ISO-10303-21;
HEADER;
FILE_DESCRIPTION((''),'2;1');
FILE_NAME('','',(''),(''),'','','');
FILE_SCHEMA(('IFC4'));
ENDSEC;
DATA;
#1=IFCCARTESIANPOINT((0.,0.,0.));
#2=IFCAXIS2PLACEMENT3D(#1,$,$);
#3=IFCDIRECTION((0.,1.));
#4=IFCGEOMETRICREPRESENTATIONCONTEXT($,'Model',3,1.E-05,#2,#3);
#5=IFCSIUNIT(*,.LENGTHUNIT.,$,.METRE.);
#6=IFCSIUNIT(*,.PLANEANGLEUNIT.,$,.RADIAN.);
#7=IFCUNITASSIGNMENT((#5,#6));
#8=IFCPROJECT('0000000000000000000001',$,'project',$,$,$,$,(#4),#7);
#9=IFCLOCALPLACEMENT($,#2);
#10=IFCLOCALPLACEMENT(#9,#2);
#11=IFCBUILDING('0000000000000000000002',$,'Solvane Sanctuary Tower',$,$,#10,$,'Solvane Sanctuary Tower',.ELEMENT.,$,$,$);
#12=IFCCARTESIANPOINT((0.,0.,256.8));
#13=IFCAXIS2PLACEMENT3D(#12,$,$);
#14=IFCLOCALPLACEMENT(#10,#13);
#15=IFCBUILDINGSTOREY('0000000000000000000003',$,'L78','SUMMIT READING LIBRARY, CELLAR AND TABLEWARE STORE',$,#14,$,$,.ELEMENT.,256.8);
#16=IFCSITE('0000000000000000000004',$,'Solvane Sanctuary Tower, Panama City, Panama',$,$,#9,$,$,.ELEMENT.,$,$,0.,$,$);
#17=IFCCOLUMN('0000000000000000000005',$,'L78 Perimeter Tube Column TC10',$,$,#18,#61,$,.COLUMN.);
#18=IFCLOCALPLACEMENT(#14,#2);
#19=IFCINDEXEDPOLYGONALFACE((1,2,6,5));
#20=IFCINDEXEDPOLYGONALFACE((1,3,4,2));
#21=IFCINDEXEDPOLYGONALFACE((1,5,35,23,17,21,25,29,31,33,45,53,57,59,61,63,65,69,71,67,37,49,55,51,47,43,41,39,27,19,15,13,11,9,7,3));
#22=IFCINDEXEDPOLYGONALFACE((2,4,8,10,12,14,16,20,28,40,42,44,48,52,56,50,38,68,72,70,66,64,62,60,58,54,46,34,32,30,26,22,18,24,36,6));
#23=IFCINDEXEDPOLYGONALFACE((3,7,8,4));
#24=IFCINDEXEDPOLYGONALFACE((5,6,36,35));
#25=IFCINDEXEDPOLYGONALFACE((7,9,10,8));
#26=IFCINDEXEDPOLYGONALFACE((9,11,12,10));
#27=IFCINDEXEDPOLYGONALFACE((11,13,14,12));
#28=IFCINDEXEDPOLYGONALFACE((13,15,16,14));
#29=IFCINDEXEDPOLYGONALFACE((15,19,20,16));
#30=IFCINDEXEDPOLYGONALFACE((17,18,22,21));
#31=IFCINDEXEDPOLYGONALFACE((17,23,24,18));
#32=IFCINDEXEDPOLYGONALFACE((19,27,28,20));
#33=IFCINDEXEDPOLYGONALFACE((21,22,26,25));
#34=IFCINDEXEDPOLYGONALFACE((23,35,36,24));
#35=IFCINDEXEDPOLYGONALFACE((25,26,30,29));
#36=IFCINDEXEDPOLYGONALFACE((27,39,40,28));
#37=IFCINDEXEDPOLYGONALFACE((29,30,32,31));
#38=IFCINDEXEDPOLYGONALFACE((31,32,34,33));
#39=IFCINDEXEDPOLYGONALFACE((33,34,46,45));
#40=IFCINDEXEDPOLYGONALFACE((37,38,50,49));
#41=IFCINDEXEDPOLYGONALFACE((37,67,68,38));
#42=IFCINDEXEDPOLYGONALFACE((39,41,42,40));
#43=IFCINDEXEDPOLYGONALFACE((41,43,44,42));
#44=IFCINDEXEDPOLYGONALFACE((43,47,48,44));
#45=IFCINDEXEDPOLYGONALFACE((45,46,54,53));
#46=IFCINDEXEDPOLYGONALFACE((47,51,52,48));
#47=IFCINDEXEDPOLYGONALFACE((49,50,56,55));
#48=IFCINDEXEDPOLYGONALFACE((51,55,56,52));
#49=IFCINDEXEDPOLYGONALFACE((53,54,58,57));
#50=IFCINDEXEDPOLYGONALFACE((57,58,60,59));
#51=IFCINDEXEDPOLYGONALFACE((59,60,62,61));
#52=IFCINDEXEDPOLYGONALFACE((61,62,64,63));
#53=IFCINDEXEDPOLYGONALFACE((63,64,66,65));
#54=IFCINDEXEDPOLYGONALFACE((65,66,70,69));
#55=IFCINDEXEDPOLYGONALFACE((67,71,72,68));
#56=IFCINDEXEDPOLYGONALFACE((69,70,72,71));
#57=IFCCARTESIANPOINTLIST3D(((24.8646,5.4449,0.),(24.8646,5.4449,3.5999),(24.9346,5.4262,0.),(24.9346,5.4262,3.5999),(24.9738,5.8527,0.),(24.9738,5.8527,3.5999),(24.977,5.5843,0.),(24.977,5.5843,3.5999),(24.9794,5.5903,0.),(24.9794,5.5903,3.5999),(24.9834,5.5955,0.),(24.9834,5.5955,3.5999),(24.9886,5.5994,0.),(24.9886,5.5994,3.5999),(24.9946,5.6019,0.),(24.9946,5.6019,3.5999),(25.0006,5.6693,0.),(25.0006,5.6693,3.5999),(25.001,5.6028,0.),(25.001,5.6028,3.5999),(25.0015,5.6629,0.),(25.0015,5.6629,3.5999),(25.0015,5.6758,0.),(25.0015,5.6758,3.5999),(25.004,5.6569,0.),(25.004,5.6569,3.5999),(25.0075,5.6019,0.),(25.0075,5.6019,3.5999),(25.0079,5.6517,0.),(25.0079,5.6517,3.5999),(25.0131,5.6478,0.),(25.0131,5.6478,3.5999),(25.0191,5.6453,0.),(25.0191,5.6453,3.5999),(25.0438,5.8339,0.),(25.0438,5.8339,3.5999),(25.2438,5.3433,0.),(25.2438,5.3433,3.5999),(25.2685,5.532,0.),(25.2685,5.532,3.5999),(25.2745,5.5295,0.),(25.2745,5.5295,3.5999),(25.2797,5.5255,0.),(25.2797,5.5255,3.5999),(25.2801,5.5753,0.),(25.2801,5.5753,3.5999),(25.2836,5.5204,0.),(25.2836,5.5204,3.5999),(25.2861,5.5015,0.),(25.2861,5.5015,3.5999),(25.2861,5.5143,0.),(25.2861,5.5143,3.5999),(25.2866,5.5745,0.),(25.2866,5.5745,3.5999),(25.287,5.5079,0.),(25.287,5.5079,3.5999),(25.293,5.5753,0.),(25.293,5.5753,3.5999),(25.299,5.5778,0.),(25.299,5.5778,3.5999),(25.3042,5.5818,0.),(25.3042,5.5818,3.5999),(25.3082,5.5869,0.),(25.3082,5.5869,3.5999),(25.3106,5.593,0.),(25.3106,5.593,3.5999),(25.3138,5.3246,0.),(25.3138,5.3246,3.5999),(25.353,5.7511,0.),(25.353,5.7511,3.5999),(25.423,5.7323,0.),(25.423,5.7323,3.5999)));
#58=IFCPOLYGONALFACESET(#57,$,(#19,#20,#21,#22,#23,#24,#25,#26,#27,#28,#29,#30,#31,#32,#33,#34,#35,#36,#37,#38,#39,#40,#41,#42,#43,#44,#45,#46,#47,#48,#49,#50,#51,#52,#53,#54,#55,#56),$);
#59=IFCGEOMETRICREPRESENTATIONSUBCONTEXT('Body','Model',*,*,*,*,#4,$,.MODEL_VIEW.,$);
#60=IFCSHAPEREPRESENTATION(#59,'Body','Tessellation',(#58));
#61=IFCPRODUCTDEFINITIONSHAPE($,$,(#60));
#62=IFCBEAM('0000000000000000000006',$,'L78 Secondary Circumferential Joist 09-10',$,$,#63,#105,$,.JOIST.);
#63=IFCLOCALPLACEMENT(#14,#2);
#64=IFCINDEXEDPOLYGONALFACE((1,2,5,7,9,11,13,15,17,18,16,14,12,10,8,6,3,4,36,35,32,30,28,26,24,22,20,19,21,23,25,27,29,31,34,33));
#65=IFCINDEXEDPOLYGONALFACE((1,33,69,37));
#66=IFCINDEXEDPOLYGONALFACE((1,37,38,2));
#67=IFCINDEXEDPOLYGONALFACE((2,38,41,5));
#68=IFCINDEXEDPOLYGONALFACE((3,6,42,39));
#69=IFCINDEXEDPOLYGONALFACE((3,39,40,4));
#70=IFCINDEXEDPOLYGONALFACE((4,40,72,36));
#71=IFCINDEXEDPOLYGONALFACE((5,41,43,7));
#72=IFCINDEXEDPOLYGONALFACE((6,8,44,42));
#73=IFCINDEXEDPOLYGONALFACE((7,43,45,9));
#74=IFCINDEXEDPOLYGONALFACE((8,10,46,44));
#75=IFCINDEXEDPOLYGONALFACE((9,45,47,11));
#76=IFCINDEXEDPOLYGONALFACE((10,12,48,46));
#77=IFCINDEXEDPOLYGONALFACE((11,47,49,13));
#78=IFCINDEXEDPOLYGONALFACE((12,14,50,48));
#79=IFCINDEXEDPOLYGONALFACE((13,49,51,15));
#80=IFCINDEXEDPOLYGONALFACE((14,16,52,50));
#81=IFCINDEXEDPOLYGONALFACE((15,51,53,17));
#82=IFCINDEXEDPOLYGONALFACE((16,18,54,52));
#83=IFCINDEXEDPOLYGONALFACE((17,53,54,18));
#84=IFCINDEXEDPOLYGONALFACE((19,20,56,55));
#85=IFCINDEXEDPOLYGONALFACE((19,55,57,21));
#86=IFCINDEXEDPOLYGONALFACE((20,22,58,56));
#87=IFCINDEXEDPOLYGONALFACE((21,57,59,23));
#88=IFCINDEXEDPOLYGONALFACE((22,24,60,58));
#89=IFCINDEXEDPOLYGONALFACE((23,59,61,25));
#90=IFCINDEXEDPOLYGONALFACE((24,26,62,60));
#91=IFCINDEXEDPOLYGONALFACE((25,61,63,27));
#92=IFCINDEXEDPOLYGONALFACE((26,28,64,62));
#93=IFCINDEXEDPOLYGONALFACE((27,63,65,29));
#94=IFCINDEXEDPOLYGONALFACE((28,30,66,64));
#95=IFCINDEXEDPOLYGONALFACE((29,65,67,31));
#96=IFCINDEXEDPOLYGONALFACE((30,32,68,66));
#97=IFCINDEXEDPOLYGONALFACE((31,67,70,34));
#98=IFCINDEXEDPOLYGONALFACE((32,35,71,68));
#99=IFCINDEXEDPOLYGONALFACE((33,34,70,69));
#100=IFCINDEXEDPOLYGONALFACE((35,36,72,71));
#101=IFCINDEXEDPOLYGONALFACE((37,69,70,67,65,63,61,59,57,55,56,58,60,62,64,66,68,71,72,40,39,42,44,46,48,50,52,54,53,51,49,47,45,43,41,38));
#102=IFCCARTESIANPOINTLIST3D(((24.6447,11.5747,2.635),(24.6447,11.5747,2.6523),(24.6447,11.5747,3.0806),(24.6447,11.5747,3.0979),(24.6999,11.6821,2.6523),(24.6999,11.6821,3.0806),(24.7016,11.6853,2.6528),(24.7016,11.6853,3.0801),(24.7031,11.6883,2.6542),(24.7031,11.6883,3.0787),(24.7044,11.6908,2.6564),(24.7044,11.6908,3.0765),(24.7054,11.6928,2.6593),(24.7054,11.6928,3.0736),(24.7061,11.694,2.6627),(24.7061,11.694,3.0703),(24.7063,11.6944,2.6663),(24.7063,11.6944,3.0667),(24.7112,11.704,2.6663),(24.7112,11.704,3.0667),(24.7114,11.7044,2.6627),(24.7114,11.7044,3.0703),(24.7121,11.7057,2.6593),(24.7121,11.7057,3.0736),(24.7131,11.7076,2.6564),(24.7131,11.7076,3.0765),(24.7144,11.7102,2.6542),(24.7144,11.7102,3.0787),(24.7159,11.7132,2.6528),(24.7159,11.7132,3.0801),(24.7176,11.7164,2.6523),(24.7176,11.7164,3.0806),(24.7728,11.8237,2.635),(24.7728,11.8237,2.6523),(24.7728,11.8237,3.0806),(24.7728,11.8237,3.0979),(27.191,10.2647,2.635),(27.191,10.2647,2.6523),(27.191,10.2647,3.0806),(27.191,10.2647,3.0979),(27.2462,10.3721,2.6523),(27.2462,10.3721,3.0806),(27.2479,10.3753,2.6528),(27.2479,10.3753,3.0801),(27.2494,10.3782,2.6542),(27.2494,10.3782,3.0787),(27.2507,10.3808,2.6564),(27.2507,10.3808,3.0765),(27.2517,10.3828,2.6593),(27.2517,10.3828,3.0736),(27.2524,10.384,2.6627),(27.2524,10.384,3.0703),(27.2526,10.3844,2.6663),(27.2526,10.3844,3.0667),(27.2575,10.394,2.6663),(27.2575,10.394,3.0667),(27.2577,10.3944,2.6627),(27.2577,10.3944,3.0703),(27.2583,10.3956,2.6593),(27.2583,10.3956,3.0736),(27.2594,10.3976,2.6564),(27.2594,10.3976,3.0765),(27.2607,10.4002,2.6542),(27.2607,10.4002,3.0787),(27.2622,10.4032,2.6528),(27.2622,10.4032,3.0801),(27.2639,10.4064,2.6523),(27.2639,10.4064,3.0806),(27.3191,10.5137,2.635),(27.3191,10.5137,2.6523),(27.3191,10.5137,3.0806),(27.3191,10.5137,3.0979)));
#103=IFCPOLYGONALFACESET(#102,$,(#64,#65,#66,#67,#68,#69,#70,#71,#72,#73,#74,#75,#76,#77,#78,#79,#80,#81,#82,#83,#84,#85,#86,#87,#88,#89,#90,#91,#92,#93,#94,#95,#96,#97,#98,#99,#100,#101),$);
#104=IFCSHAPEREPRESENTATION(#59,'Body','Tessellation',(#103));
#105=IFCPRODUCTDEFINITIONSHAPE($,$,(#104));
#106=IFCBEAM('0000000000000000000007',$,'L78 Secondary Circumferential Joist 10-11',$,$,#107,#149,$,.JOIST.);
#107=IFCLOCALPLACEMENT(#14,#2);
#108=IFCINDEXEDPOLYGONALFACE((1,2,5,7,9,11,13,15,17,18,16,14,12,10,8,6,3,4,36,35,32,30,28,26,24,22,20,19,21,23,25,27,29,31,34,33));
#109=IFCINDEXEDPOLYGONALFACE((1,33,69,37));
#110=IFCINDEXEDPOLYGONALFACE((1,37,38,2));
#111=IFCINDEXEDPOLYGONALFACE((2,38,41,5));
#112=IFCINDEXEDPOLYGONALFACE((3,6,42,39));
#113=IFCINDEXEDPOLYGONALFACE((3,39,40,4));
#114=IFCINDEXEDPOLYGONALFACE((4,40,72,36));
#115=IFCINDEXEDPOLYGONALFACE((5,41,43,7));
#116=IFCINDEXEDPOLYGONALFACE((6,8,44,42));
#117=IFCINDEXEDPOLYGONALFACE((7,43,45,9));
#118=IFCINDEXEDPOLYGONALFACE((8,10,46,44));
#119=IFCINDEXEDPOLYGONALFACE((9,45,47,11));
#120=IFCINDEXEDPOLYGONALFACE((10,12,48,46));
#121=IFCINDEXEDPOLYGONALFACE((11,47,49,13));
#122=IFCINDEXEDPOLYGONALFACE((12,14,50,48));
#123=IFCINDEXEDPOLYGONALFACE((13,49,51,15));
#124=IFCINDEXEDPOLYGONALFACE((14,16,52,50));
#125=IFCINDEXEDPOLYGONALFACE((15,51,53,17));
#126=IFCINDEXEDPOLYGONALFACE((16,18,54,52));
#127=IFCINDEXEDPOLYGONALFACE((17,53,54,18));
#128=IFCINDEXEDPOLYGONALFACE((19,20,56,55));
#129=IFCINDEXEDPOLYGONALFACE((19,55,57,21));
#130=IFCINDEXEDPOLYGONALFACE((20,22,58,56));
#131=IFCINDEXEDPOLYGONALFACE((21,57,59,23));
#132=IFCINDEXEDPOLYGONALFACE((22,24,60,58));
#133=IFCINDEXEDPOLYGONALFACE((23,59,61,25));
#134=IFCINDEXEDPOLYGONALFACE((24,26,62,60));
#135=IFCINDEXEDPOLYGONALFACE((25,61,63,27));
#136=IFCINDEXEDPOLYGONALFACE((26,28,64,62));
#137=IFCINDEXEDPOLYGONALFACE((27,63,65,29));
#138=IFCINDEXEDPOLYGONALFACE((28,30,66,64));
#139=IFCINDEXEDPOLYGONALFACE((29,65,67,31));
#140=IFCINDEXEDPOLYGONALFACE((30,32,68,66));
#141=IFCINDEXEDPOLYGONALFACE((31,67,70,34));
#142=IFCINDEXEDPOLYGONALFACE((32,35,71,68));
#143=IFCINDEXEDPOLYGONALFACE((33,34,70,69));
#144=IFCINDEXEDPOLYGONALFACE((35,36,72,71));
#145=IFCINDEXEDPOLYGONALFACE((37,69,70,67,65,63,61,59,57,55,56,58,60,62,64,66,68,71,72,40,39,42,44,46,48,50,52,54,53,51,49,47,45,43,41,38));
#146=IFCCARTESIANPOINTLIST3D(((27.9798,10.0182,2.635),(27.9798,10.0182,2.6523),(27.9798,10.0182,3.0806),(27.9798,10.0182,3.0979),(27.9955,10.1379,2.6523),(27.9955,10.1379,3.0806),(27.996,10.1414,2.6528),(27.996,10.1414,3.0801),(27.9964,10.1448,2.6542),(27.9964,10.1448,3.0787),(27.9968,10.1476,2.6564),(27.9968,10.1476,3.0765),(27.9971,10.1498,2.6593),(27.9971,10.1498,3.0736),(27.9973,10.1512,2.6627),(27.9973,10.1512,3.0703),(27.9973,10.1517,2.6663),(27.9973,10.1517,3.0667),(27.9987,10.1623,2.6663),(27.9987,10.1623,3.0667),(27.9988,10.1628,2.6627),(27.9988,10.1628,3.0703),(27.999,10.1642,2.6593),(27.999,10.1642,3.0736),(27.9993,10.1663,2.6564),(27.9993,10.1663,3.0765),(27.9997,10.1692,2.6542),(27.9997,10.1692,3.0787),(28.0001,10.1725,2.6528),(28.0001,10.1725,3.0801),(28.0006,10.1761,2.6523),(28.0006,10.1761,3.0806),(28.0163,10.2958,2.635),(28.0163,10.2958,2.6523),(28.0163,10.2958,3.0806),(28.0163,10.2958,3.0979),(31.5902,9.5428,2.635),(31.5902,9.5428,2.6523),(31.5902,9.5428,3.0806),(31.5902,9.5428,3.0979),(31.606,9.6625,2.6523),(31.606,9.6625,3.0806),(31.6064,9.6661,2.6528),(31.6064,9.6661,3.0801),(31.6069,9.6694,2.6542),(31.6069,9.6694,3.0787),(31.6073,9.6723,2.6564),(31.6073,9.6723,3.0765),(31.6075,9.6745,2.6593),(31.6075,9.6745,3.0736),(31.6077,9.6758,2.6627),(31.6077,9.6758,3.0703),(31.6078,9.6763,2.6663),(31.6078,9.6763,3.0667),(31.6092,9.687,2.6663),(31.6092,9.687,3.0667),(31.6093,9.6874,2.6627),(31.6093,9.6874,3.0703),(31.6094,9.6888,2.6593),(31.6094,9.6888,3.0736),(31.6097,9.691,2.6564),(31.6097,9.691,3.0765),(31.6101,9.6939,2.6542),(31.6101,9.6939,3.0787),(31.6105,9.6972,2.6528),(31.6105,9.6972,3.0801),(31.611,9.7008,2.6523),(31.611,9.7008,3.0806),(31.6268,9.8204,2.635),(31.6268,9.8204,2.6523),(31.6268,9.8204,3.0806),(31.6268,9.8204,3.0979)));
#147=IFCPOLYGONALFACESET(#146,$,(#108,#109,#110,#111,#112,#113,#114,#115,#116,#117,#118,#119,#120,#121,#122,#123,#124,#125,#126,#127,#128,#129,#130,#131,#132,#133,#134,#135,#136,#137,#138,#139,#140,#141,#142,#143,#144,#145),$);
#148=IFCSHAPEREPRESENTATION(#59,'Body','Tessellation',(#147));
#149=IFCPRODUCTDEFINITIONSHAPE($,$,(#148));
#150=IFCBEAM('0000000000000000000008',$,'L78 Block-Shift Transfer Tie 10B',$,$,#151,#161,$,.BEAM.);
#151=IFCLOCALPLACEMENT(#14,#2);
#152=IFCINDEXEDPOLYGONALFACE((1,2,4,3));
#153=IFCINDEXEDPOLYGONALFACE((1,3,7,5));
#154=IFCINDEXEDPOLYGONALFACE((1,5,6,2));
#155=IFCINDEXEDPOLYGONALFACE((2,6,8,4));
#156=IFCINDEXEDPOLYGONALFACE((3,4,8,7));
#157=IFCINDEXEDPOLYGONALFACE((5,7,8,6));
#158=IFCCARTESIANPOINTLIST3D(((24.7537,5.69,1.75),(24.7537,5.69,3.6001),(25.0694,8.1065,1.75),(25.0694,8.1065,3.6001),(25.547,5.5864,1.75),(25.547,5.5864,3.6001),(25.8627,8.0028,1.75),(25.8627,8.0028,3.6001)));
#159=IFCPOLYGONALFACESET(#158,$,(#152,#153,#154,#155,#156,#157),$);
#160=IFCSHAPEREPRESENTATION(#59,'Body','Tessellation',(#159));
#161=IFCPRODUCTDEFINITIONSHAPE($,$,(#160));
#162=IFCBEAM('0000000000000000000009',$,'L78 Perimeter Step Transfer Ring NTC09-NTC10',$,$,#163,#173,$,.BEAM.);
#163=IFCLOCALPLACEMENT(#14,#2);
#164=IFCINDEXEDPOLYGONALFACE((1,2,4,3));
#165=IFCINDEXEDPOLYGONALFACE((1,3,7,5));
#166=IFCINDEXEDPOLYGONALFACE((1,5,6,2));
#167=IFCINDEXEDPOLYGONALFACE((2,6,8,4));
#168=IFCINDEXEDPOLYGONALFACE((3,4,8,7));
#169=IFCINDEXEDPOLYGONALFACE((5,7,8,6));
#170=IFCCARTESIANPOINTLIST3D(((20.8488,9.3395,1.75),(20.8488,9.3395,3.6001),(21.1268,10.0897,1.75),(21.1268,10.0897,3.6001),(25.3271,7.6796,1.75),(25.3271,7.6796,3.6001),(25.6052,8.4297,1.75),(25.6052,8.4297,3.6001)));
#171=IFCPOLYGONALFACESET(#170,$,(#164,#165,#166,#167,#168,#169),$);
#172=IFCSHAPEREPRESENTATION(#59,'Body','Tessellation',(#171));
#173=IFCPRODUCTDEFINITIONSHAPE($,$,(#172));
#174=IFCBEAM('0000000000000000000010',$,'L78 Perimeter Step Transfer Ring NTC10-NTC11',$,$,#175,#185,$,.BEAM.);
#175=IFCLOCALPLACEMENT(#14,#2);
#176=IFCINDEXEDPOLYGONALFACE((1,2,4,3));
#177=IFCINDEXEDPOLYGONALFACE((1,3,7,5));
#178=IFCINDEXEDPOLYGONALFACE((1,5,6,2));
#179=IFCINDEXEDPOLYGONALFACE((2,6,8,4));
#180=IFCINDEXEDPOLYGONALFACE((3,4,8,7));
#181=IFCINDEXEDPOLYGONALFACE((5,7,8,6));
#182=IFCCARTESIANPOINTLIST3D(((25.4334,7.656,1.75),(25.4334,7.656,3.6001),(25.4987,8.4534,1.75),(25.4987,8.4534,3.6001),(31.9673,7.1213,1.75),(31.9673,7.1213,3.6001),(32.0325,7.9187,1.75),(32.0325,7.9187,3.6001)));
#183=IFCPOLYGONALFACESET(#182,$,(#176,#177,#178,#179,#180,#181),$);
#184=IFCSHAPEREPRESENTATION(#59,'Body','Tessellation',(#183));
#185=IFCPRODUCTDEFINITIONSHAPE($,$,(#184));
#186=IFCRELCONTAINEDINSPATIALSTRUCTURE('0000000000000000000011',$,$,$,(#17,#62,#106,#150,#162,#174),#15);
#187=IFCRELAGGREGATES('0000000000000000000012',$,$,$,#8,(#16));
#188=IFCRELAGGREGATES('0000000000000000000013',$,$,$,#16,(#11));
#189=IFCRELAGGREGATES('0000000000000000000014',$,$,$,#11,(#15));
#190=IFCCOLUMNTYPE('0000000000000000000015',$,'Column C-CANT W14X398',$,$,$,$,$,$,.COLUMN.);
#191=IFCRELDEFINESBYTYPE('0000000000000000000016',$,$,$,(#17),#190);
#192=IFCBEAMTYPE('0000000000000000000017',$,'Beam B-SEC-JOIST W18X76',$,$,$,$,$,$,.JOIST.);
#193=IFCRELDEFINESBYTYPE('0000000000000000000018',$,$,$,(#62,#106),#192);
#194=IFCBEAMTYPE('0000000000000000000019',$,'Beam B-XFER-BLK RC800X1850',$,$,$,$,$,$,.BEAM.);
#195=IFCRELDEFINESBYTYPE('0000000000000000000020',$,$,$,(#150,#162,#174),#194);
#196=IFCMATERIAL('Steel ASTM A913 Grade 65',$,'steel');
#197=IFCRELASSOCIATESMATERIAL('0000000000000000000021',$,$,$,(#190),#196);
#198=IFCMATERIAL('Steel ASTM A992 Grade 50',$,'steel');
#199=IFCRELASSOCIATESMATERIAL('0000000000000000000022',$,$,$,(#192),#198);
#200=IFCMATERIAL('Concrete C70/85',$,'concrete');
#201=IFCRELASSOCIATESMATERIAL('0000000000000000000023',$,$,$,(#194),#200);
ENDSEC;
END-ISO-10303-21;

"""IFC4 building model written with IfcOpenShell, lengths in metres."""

from ifc_helpers import new_model, si_unit, direction, frame, origin, origin_2d, place, context, subcontext, project, spatial, rectangle, i_section, extrude, material, material_profile, profile_set, type_object, element, save


model = new_model("IFC4")

# Units and contexts
model_context = context("Model", 3, precision=1e-05, world=origin(), true_north=direction((0.0, 1.0)))
body_context = subcontext(model_context, "Body", "Model", "MODEL_VIEW")
ifc_project = project(units=[si_unit("LENGTHUNIT", "METRE"), si_unit("PLANEANGLEUNIT", "RADIAN")], contexts=[model_context])

# Site, building, storey
site_placement = place(None, origin())
site = spatial("IfcSite", under=ifc_project, at=site_placement, Name="Solvane Sanctuary Tower, Panama City, Panama", CompositionType="ELEMENT", RefElevation=0.0)
building_placement = place(site_placement, origin())
building = spatial("IfcBuilding", under=site, at=building_placement, Name="Solvane Sanctuary Tower", LongName="Solvane Sanctuary Tower", CompositionType="ELEMENT")
storey_placement = place(building_placement, frame((0.0, 0.0, 256.8)))
storey = spatial("IfcBuildingStorey", under=building, at=storey_placement, Name="L78", Description="SUMMIT READING LIBRARY, CELLAR AND TABLEWARE STORE", CompositionType="ELEMENT", Elevation=256.8)

# Column
ifc_material_1 = material(Name="Steel ASTM A913 Grade 65", Category="steel")
ifc_material_profile_1 = material_profile(ifc_material_1, i_section(OverallWidth=0.4221, OverallDepth=0.4651, WebThickness=0.0449, FlangeThickness=0.0725, FilletRadius=0.0249, at=origin_2d()), Name="W14X398")
ifc_profile_set_1 = profile_set([ifc_material_profile_1], Name="Steel ASTM A913 Grade 65")
column_type = type_object("IfcColumnType", Name="Column C-CANT W14X398", PredefinedType="COLUMN", material=ifc_profile_set_1)
column_placement = place(storey_placement, frame((25.1438, 5.5886, 0.0), z_axis=(0.0, 0.0, 1.0), x_axis=(-0.258819, -0.965926, 0.0)))
element("IfcColumn", 1, at=column_placement, inside=storey, type_object=column_type, Name="L78 Perimeter Tube Column TC10", PredefinedType="COLUMN", context=body_context, shape_type="SweptSolid", body=[
    extrude(i_section(OverallWidth=0.4221, OverallDepth=0.4651, WebThickness=0.0449, FlangeThickness=0.0725, FilletRadius=0.0249, at=origin_2d()), origin(), (0.0, 0.0, 1.0), 3.5999),
])

# Beams
ifc_material_2 = material(Name="Steel ASTM A992 Grade 50", Category="steel")
ifc_material_profile_2 = material_profile(ifc_material_2, i_section(OverallWidth=0.28, OverallDepth=0.4629, WebThickness=0.0107, FlangeThickness=0.0173, FilletRadius=0.0139, at=origin_2d()), Name="W18X76")
ifc_profile_set_2 = profile_set([ifc_material_profile_2], Name="Steel ASTM A992 Grade 50")
beam_type_1 = type_object("IfcBeamType", Name="Beam B-SEC-JOIST W18X76", PredefinedType="JOIST", material=ifc_profile_set_2)
beam_1_placement = place(storey_placement, frame((24.7087, 11.6992, 2.8665), z_axis=(0.889218, -0.457483, 0.0), x_axis=(0.457483, 0.889218, 0.0)))
element("IfcBeam", 2, at=beam_1_placement, inside=storey, type_object=beam_type_1, Name="L78 Secondary Circumferential Joist 09-10", PredefinedType="JOIST", context=body_context, shape_type="SweptSolid", body=[
    extrude(i_section(OverallWidth=0.28, OverallDepth=0.4629, WebThickness=0.0107, FlangeThickness=0.0173, FilletRadius=0.0139, at=origin_2d()), origin(), (0.0, 0.0, 1.0), 2.8635),
])
beam_2_placement = place(storey_placement, frame((27.998, 10.157, 2.8665), z_axis=(0.991444, -0.130534, 0.0), x_axis=(0.130534, 0.991444, 0.0)))
element("IfcBeam", 3, at=beam_2_placement, inside=storey, type_object=beam_type_1, Name="L78 Secondary Circumferential Joist 10-11", PredefinedType="JOIST", context=body_context, shape_type="SweptSolid", body=[
    extrude(i_section(OverallWidth=0.28, OverallDepth=0.4629, WebThickness=0.0107, FlangeThickness=0.0173, FilletRadius=0.0139, at=origin_2d()), origin(), (0.0, 0.0, 1.0), 3.6416),
])
ifc_material_3 = material(Name="Concrete C70/85", Category="concrete")
ifc_material_profile_3 = material_profile(ifc_material_3, rectangle(XDim=0.8, YDim=1.8501, at=origin_2d()), Name="RC800X1850")
ifc_profile_set_3 = profile_set([ifc_material_profile_3], Name="Concrete C70/85")
beam_type_2 = type_object("IfcBeamType", Name="Beam B-XFER-BLK RC800X1850", PredefinedType="BEAM", material=ifc_profile_set_3)
beam_3_placement = place(storey_placement, frame((25.1504, 5.6382, 2.675), z_axis=(0.129532, 0.991575, 0.0), x_axis=(-0.991575, 0.129532, 0.0)))
element("IfcBeam", 4, at=beam_3_placement, inside=storey, type_object=beam_type_2, Name="L78 Block-Shift Transfer Tie 10B", PredefinedType="BEAM", context=body_context, shape_type="SweptSolid", body=[
    extrude(rectangle(XDim=0.8, YDim=1.8501, at=origin_2d()), origin(), (0.0, 0.0, 1.0), 2.437),
])
beam_4_placement = place(storey_placement, frame((20.9878, 9.7146, 2.675), z_axis=(0.937661, -0.347552, 0.0), x_axis=(0.347552, 0.937661, 0.0)))
element("IfcBeam", 5, at=beam_4_placement, inside=storey, type_object=beam_type_2, Name="L78 Perimeter Step Transfer Ring NTC09-NTC10", PredefinedType="BEAM", context=body_context, shape_type="SweptSolid", body=[
    extrude(rectangle(XDim=0.8, YDim=1.8501, at=origin_2d()), origin(), (0.0, 0.0, 1.0), 4.7761),
])
beam_5_placement = place(storey_placement, frame((25.4661, 8.0547, 2.675), z_axis=(0.996669, -0.081557, 0.0), x_axis=(0.081557, 0.996669, 0.0)))
element("IfcBeam", 6, at=beam_5_placement, inside=storey, type_object=beam_type_2, Name="L78 Perimeter Step Transfer Ring NTC10-NTC11", PredefinedType="BEAM", context=body_context, shape_type="SweptSolid", body=[
    extrude(rectangle(XDim=0.8, YDim=1.8501, at=origin_2d()), origin(), (0.0, 0.0, 1.0), 6.5557),
])

save(model, "model.ifc")
